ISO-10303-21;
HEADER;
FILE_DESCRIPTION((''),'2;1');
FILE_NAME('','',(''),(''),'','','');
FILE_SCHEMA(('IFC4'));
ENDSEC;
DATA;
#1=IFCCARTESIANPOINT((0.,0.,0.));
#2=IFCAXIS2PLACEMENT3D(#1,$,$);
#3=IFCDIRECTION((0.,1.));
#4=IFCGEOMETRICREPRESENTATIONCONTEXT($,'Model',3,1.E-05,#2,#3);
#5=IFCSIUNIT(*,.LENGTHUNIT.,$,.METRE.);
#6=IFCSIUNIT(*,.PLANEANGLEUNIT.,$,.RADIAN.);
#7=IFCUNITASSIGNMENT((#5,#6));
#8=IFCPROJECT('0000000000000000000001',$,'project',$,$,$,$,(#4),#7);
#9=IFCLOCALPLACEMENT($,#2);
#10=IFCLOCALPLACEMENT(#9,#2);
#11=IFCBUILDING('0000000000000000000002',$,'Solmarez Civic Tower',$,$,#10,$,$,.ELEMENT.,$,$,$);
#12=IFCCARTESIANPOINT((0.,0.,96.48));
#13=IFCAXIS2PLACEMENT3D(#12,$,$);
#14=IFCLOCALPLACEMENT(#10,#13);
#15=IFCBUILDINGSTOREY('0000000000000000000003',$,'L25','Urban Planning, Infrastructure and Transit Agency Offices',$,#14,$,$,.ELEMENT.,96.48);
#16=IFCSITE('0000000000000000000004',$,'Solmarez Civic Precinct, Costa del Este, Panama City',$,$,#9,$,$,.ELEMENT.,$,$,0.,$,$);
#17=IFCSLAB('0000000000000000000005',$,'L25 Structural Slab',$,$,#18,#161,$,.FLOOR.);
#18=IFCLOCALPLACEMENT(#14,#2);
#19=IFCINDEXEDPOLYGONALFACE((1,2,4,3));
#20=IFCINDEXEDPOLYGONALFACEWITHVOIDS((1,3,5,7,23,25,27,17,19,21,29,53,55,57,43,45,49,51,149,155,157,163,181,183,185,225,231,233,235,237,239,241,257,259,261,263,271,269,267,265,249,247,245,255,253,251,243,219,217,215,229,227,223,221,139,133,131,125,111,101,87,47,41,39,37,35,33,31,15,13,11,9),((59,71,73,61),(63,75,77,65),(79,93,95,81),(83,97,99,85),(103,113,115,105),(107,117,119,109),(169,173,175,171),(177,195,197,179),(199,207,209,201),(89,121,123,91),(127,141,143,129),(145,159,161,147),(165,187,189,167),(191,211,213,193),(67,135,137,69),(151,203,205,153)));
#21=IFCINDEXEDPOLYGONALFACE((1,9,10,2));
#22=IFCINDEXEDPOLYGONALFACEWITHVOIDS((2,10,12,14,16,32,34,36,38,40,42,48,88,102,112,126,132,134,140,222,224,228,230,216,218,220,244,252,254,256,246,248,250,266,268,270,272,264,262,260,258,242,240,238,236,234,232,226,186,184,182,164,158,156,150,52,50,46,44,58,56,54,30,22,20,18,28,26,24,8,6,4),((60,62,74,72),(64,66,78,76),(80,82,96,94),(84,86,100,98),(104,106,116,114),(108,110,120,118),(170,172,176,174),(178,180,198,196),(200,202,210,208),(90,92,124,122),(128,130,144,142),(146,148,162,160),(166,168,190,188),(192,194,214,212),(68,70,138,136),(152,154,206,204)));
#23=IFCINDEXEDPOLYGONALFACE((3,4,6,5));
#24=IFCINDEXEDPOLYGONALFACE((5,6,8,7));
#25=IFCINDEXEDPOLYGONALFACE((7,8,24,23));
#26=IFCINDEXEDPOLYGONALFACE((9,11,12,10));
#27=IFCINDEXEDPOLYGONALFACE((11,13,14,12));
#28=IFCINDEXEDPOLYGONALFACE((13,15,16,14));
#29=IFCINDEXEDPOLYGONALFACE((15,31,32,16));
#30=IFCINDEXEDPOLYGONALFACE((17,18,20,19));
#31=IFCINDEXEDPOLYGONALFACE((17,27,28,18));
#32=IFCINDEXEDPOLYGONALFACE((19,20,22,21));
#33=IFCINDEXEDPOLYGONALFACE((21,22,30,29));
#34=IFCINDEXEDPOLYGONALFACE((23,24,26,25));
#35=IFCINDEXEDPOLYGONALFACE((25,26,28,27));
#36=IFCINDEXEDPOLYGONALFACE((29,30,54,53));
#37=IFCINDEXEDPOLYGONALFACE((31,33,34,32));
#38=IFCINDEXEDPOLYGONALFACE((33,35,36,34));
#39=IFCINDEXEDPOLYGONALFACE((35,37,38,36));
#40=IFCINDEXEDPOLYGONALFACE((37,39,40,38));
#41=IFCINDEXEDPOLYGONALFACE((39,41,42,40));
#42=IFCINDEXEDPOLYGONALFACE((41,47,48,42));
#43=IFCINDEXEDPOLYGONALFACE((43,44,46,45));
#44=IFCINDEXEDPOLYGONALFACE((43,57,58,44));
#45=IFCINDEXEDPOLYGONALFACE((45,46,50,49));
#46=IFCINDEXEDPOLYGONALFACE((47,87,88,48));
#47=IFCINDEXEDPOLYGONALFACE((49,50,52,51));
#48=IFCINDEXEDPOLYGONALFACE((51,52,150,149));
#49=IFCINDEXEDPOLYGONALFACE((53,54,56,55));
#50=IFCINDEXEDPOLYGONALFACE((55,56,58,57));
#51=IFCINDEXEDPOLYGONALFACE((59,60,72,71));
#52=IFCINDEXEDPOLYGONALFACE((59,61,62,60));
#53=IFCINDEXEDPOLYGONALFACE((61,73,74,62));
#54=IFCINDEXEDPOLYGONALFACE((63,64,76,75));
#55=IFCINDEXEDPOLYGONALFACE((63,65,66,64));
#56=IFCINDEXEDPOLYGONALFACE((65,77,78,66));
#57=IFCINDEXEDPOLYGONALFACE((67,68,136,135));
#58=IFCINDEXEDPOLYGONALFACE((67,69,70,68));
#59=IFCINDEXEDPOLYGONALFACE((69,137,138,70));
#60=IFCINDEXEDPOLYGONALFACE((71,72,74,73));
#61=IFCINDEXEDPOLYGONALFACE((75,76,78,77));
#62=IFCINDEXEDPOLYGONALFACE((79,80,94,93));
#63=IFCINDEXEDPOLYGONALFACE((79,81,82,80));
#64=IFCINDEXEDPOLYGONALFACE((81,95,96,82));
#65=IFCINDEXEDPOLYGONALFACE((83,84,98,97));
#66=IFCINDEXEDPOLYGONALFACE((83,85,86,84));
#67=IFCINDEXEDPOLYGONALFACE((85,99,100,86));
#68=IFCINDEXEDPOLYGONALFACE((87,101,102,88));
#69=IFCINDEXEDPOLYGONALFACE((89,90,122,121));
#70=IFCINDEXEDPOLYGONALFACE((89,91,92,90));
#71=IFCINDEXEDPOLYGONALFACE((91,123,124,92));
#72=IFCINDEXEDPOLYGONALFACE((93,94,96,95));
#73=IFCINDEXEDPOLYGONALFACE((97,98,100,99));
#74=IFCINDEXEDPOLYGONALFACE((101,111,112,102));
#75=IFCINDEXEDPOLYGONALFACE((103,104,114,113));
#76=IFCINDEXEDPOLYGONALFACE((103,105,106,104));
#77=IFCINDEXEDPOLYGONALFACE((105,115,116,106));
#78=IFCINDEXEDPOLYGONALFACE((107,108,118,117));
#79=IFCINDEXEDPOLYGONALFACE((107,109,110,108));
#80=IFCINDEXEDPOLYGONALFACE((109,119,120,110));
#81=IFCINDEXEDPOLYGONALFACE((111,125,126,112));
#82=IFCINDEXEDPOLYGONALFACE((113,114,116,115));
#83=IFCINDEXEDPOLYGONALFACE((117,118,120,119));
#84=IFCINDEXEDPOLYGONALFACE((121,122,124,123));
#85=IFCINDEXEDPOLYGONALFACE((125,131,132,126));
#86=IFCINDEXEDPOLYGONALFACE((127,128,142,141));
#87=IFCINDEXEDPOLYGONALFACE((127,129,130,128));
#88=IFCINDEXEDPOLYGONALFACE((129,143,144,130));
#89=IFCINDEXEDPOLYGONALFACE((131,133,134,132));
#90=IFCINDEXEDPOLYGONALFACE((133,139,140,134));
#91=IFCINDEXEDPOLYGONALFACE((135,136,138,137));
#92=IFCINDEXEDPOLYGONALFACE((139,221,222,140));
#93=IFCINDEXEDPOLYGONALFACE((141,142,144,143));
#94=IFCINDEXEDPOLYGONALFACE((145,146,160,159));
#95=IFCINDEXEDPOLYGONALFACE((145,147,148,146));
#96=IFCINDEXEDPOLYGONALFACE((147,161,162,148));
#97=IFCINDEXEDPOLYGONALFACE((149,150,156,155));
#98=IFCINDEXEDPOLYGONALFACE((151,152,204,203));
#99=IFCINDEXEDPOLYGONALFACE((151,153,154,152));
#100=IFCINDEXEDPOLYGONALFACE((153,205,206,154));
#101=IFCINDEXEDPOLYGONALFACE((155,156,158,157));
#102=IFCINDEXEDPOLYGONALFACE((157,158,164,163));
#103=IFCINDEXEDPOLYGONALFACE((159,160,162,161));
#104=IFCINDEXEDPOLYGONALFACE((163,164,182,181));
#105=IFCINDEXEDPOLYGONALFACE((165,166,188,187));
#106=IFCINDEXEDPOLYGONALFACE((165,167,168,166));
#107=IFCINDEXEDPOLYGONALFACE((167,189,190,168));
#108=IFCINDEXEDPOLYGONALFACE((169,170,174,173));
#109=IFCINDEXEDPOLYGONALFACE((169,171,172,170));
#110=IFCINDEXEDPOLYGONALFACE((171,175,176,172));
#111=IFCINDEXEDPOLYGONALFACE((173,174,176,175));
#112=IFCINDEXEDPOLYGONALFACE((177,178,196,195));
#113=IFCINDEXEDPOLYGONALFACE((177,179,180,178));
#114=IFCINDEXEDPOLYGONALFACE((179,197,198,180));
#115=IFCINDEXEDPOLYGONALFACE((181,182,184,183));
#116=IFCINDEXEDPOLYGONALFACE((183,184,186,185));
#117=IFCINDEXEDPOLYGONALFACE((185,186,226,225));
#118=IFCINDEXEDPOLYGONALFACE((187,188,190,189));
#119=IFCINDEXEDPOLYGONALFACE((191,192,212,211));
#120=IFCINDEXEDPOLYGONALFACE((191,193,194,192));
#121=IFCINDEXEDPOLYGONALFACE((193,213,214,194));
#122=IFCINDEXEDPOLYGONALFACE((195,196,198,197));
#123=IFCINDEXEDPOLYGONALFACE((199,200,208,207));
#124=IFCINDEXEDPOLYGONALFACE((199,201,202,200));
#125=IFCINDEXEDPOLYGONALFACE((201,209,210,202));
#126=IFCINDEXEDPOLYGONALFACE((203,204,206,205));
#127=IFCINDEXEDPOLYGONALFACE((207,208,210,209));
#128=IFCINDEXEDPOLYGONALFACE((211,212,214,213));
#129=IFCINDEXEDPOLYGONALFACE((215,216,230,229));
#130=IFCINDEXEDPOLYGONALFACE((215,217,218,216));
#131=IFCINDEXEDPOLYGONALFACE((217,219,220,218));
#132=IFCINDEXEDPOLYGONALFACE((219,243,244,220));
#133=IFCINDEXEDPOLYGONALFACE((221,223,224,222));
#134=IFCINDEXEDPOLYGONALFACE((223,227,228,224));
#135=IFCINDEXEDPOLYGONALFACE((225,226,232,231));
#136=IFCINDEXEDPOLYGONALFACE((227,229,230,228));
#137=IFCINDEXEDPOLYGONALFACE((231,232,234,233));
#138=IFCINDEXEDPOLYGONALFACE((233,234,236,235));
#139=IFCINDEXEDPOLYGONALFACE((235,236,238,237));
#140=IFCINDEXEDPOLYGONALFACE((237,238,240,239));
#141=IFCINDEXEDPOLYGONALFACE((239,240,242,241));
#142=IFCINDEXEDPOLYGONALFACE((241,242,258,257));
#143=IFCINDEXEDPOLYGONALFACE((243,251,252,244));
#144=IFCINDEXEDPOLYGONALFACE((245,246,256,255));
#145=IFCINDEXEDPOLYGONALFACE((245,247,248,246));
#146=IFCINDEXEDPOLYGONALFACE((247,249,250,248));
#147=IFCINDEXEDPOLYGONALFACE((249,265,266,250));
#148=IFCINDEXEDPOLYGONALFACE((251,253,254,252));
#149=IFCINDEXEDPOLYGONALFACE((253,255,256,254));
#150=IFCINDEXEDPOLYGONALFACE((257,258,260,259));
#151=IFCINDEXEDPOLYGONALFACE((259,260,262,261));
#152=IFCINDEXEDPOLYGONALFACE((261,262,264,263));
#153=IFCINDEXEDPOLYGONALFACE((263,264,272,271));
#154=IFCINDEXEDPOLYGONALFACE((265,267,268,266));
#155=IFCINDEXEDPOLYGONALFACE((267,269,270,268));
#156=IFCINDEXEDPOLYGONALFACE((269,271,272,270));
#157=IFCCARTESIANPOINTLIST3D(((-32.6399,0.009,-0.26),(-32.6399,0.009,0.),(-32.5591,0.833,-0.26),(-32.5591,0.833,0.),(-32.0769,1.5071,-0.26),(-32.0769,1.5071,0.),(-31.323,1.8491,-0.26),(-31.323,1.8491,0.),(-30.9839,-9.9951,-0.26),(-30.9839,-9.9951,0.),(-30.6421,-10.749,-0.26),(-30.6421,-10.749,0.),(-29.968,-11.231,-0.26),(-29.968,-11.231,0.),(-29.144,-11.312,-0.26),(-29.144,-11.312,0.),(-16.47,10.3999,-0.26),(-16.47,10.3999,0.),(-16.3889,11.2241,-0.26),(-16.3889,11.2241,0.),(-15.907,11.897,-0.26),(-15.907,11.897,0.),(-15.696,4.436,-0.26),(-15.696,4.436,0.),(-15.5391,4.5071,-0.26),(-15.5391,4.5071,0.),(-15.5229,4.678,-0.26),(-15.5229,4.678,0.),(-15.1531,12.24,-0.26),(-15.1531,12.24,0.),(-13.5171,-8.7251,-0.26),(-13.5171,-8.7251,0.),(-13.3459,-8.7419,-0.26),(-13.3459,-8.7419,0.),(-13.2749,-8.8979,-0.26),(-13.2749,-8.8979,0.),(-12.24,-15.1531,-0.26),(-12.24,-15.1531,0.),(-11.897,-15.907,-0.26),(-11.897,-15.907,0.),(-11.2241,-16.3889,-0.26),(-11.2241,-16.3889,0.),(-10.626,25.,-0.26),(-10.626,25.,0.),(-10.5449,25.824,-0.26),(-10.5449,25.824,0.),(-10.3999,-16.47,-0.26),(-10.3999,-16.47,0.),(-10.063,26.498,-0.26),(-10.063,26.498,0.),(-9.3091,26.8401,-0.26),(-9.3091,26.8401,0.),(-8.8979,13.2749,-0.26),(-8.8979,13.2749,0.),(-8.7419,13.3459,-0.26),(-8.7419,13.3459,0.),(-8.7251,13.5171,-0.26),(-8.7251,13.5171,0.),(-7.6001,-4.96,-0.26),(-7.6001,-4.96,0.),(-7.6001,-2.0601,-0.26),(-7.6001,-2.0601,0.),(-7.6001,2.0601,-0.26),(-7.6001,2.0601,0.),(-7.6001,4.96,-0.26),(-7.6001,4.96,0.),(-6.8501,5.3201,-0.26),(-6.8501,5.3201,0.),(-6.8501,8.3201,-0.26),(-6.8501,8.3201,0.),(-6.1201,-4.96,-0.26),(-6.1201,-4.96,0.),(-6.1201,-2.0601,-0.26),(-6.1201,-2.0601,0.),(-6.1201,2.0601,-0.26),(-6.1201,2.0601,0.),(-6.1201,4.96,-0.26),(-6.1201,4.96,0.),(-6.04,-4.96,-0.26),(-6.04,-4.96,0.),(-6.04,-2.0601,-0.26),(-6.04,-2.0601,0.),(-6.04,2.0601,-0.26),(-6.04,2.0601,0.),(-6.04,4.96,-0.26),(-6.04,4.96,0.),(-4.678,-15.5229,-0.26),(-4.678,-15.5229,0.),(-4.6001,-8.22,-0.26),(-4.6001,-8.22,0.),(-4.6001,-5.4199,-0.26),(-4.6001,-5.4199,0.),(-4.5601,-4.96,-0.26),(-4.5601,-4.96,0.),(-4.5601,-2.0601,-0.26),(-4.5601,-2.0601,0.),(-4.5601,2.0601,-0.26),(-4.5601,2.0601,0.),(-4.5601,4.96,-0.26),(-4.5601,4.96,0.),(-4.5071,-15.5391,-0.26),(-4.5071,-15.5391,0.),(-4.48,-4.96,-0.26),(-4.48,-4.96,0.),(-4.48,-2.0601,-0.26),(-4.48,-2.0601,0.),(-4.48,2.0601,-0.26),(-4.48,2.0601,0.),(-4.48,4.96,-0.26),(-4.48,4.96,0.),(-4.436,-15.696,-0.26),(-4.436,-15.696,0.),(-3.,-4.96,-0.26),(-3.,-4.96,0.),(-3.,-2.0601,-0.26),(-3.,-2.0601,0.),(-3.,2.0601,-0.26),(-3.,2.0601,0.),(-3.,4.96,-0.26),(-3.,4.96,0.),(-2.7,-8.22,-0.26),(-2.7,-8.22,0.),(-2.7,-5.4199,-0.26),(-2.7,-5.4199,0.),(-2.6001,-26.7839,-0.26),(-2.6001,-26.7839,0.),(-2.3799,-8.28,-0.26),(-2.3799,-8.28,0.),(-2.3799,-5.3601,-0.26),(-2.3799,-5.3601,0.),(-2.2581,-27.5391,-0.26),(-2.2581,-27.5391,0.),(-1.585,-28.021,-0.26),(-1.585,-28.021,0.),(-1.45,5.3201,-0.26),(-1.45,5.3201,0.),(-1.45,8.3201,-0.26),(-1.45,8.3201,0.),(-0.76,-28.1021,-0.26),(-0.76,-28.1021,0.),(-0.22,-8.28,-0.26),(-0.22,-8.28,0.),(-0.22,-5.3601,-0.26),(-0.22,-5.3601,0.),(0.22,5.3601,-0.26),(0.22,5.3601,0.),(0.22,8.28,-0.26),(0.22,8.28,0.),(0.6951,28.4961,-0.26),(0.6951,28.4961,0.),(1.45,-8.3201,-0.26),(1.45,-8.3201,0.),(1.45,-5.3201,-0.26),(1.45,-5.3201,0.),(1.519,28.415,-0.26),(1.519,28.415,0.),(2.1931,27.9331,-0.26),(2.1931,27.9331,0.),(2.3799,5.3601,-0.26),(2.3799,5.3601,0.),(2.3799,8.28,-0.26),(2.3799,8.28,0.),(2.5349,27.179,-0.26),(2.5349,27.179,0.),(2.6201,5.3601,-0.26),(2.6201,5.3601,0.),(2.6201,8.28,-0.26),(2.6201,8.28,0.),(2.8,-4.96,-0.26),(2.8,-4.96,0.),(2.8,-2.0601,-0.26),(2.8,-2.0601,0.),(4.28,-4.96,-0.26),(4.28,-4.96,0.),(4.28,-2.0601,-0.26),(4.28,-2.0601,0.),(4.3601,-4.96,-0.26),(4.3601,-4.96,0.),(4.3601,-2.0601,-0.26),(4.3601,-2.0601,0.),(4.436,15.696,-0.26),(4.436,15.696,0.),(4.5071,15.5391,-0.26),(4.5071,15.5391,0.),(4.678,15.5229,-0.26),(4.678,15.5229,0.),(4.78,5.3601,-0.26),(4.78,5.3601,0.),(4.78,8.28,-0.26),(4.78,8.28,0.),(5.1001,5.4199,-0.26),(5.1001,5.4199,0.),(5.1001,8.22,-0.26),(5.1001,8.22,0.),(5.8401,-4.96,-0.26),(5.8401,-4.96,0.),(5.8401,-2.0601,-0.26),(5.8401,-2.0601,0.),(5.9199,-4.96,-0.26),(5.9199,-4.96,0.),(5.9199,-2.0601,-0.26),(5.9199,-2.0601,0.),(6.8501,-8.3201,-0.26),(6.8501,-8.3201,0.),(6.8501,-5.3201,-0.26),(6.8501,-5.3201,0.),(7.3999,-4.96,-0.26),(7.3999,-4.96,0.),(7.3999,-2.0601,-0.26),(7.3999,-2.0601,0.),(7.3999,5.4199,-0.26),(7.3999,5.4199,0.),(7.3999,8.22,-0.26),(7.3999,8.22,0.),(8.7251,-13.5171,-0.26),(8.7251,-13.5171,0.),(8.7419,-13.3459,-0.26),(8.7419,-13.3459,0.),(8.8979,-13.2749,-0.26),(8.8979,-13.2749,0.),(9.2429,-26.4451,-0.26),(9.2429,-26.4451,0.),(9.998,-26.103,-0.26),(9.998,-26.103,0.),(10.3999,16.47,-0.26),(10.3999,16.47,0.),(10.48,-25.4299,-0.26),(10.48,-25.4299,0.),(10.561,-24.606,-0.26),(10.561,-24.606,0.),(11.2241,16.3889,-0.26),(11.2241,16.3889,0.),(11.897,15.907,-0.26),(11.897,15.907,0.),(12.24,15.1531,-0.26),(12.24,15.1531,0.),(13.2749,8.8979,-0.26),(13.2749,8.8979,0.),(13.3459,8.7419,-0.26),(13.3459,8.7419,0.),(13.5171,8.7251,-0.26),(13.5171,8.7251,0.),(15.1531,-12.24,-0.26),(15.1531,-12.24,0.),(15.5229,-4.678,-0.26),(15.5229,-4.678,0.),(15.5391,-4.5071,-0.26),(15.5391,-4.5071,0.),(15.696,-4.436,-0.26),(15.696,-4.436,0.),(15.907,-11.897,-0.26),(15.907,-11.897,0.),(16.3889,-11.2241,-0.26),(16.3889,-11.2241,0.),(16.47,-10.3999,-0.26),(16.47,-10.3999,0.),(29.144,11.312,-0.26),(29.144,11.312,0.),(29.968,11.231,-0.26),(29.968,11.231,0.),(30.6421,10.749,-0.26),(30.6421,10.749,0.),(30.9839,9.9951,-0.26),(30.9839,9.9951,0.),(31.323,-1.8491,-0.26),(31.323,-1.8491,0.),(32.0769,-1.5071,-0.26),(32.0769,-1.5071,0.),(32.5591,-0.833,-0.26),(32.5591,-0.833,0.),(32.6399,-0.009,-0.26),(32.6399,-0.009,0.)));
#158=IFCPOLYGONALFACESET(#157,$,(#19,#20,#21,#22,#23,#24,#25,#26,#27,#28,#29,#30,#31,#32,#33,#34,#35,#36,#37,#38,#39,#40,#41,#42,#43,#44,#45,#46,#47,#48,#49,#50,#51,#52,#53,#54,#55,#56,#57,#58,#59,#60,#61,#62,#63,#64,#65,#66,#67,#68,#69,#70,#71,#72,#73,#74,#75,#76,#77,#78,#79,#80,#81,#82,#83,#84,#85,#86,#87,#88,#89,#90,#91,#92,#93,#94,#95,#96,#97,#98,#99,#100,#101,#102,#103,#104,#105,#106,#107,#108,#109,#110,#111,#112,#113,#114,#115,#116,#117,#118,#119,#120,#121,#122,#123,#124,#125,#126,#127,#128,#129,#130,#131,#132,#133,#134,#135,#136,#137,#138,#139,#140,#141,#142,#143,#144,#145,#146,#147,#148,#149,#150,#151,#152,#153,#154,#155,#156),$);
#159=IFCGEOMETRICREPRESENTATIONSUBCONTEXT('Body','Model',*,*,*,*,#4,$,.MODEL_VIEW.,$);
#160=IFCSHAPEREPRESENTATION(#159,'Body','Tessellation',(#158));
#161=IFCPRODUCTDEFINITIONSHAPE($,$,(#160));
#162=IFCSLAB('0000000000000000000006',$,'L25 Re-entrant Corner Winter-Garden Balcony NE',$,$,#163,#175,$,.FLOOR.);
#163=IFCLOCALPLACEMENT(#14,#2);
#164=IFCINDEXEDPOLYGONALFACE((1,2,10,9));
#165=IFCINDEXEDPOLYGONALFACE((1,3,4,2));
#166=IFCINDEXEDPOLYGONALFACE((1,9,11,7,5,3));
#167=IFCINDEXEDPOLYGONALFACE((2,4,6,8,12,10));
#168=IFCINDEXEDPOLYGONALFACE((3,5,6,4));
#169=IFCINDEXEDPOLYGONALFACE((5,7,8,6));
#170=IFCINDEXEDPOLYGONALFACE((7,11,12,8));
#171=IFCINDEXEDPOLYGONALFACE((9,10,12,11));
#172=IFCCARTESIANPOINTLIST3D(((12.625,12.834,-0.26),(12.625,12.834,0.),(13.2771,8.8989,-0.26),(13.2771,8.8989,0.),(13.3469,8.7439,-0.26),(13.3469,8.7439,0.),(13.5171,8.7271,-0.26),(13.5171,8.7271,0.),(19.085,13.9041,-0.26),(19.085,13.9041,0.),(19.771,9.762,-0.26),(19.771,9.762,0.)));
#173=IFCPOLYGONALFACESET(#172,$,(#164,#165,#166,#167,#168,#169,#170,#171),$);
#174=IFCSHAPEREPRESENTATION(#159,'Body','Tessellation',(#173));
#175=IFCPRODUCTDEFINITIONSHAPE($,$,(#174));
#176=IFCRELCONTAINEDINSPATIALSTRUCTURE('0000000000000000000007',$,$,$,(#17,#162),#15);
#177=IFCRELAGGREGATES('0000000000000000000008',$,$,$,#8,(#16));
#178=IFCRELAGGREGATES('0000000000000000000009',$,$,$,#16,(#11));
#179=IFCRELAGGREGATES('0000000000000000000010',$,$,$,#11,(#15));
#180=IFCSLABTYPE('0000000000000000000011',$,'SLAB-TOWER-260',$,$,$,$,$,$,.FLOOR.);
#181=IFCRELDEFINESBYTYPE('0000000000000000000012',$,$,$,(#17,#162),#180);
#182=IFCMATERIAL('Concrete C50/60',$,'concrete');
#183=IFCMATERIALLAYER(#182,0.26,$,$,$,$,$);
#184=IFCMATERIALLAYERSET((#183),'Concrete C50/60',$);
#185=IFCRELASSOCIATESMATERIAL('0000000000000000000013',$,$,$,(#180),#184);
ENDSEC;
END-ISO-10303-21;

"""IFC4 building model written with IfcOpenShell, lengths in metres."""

from ifc_helpers import new_model, si_unit, direction, frame, origin, place, context, subcontext, project, spatial, polyline, outline, extrude, material, layer, layer_set, type_object, element, save


model = new_model("IFC4")

# Units and contexts
model_context = context("Model", 3, precision=1e-05, world=origin(), true_north=direction((0.0, 1.0)))
body_context = subcontext(model_context, "Body", "Model", "MODEL_VIEW")
ifc_project = project(units=[si_unit("LENGTHUNIT", "METRE"), si_unit("PLANEANGLEUNIT", "RADIAN")], contexts=[model_context])

# Site, building, storey
site_placement = place(None, origin())
site = spatial("IfcSite", under=ifc_project, at=site_placement, Name="Solmarez Civic Precinct, Costa del Este, Panama City", CompositionType="ELEMENT", RefElevation=0.0)
building_placement = place(site_placement, origin())
building = spatial("IfcBuilding", under=site, at=building_placement, Name="Solmarez Civic Tower", CompositionType="ELEMENT")
storey_placement = place(building_placement, frame((0.0, 0.0, 96.48)))
storey = spatial("IfcBuildingStorey", under=building, at=storey_placement, Name="L25", Description="Urban Planning, Infrastructure and Transit Agency Offices", CompositionType="ELEMENT", Elevation=96.48)

# Shared definitions
ifc_material_1 = material(Name="Concrete C50/60", Category="concrete")

# Slabs
ifc_layer_1 = layer(ifc_material_1, 0.26)
ifc_layer_set_1 = layer_set([ifc_layer_1], Name="Concrete C50/60")
slab_type_1 = type_object("IfcSlabType", Name="SLAB-TOWER-260", PredefinedType="FLOOR", material=ifc_layer_set_1)
slab_1_placement = place(storey_placement, frame((0.0, 0.0, -0.26)))
element("IfcSlab", 1, at=slab_1_placement, inside=storey, type_object=slab_type_1, Name="L25 Structural Slab", PredefinedType="FLOOR", context=body_context, shape_type="SweptSolid", body=[
    extrude(outline(polyline([(-13.2749, -8.8979), (-12.24, -15.1531), (-11.897, -15.907), (-11.2241, -16.3889), (-10.3999, -16.47), (-4.678, -15.5229), (-4.5071, -15.5391), (-4.436, -15.696), (-2.6001, -26.7839), (-2.2581, -27.5391), (-1.585, -28.021), (-0.76, -28.1021), (9.2429, -26.4451), (9.998, -26.103), (10.48, -25.4299), (10.561, -24.606), (8.7251, -13.5171), (8.7419, -13.3459), (8.8979, -13.2749), (15.1531, -12.24), (15.907, -11.897), (16.3889, -11.2241), (16.47, -10.3999), (15.5229, -4.678), (15.5391, -4.5071), (15.696, -4.436), (31.323, -1.8491), (32.0769, -1.5071), (32.5591, -0.833), (32.6399, -0.009), (30.9839, 9.9951), (30.6421, 10.749), (29.968, 11.231), (29.144, 11.312), (13.5171, 8.7251), (13.3459, 8.7419), (13.2749, 8.8979), (12.24, 15.1531), (11.897, 15.907), (11.2241, 16.3889), (10.3999, 16.47), (4.678, 15.5229), (4.5071, 15.5391), (4.436, 15.696), (2.5349, 27.179), (2.1931, 27.9331), (1.519, 28.415), (0.6951, 28.4961), (-9.3091, 26.8401), (-10.063, 26.498), (-10.5449, 25.824), (-10.626, 25.0), (-8.7251, 13.5171), (-8.7419, 13.3459), (-8.8979, 13.2749), (-15.1531, 12.24), (-15.907, 11.897), (-16.3889, 11.2241), (-16.47, 10.3999), (-15.5229, 4.678), (-15.5391, 4.5071), (-15.696, 4.436), (-31.323, 1.8491), (-32.0769, 1.5071), (-32.5591, 0.833), (-32.6399, 0.009), (-30.9839, -9.9951), (-30.6421, -10.749), (-29.968, -11.231), (-29.144, -11.312), (-13.5171, -8.7251), (-13.3459, -8.7419), (-13.2749, -8.8979)]), holes=[polyline([(-1.45, 8.3201), (-6.8501, 8.3201), (-6.8501, 5.3201), (-1.45, 5.3201), (-1.45, 8.3201)]), polyline([(1.45, -8.3201), (6.8501, -8.3201), (6.8501, -5.3201), (1.45, -5.3201), (1.45, -8.3201)]), polyline([(0.22, 5.3601), (2.3799, 5.3601), (2.3799, 8.28), (0.22, 8.28), (0.22, 5.3601)]), polyline([(2.6201, 5.3601), (4.78, 5.3601), (4.78, 8.28), (2.6201, 8.28), (2.6201, 5.3601)]), polyline([(-2.3799, -8.28), (-0.22, -8.28), (-0.22, -5.3601), (-2.3799, -5.3601), (-2.3799, -8.28)]), polyline([(2.8, -4.96), (4.28, -4.96), (4.28, -2.0601), (2.8, -2.0601), (2.8, -4.96)]), polyline([(4.3601, -4.96), (5.8401, -4.96), (5.8401, -2.0601), (4.3601, -2.0601), (4.3601, -4.96)]), polyline([(5.9199, -4.96), (7.3999, -4.96), (7.3999, -2.0601), (5.9199, -2.0601), (5.9199, -4.96)]), polyline([(-7.6001, -4.96), (-6.1201, -4.96), (-6.1201, -2.0601), (-7.6001, -2.0601), (-7.6001, -4.96)]), polyline([(-6.04, -4.96), (-4.5601, -4.96), (-4.5601, -2.0601), (-6.04, -2.0601), (-6.04, -4.96)]), polyline([(-4.48, -4.96), (-3.0, -4.96), (-3.0, -2.0601), (-4.48, -2.0601), (-4.48, -4.96)]), polyline([(-7.6001, 2.0601), (-6.1201, 2.0601), (-6.1201, 4.96), (-7.6001, 4.96), (-7.6001, 2.0601)]), polyline([(-6.04, 2.0601), (-4.5601, 2.0601), (-4.5601, 4.96), (-6.04, 4.96), (-6.04, 2.0601)]), polyline([(-4.48, 2.0601), (-3.0, 2.0601), (-3.0, 4.96), (-4.48, 4.96), (-4.48, 2.0601)]), polyline([(5.1001, 5.4199), (7.3999, 5.4199), (7.3999, 8.22), (5.1001, 8.22), (5.1001, 5.4199)]), polyline([(-4.6001, -8.22), (-2.7, -8.22), (-2.7, -5.4199), (-4.6001, -5.4199), (-4.6001, -8.22)])]), origin(), (0.0, 0.0, 1.0), 0.26),
])
slab_2_placement = place(storey_placement, frame((0.0, 0.0, -0.26)))
element("IfcSlab", 2, at=slab_2_placement, inside=storey, type_object=slab_type_1, Name="L25 Re-entrant Corner Winter-Garden Balcony NE", PredefinedType="FLOOR", context=body_context, shape_type="SweptSolid", body=[
    extrude(outline(polyline([(12.625, 12.834), (13.2771, 8.8989), (13.3469, 8.7439), (13.5171, 8.7271), (19.771, 9.762), (19.085, 13.9041), (12.625, 12.834)])), origin(), (0.0, 0.0, 1.0), 0.26),
])

save(model, "model.ifc")
